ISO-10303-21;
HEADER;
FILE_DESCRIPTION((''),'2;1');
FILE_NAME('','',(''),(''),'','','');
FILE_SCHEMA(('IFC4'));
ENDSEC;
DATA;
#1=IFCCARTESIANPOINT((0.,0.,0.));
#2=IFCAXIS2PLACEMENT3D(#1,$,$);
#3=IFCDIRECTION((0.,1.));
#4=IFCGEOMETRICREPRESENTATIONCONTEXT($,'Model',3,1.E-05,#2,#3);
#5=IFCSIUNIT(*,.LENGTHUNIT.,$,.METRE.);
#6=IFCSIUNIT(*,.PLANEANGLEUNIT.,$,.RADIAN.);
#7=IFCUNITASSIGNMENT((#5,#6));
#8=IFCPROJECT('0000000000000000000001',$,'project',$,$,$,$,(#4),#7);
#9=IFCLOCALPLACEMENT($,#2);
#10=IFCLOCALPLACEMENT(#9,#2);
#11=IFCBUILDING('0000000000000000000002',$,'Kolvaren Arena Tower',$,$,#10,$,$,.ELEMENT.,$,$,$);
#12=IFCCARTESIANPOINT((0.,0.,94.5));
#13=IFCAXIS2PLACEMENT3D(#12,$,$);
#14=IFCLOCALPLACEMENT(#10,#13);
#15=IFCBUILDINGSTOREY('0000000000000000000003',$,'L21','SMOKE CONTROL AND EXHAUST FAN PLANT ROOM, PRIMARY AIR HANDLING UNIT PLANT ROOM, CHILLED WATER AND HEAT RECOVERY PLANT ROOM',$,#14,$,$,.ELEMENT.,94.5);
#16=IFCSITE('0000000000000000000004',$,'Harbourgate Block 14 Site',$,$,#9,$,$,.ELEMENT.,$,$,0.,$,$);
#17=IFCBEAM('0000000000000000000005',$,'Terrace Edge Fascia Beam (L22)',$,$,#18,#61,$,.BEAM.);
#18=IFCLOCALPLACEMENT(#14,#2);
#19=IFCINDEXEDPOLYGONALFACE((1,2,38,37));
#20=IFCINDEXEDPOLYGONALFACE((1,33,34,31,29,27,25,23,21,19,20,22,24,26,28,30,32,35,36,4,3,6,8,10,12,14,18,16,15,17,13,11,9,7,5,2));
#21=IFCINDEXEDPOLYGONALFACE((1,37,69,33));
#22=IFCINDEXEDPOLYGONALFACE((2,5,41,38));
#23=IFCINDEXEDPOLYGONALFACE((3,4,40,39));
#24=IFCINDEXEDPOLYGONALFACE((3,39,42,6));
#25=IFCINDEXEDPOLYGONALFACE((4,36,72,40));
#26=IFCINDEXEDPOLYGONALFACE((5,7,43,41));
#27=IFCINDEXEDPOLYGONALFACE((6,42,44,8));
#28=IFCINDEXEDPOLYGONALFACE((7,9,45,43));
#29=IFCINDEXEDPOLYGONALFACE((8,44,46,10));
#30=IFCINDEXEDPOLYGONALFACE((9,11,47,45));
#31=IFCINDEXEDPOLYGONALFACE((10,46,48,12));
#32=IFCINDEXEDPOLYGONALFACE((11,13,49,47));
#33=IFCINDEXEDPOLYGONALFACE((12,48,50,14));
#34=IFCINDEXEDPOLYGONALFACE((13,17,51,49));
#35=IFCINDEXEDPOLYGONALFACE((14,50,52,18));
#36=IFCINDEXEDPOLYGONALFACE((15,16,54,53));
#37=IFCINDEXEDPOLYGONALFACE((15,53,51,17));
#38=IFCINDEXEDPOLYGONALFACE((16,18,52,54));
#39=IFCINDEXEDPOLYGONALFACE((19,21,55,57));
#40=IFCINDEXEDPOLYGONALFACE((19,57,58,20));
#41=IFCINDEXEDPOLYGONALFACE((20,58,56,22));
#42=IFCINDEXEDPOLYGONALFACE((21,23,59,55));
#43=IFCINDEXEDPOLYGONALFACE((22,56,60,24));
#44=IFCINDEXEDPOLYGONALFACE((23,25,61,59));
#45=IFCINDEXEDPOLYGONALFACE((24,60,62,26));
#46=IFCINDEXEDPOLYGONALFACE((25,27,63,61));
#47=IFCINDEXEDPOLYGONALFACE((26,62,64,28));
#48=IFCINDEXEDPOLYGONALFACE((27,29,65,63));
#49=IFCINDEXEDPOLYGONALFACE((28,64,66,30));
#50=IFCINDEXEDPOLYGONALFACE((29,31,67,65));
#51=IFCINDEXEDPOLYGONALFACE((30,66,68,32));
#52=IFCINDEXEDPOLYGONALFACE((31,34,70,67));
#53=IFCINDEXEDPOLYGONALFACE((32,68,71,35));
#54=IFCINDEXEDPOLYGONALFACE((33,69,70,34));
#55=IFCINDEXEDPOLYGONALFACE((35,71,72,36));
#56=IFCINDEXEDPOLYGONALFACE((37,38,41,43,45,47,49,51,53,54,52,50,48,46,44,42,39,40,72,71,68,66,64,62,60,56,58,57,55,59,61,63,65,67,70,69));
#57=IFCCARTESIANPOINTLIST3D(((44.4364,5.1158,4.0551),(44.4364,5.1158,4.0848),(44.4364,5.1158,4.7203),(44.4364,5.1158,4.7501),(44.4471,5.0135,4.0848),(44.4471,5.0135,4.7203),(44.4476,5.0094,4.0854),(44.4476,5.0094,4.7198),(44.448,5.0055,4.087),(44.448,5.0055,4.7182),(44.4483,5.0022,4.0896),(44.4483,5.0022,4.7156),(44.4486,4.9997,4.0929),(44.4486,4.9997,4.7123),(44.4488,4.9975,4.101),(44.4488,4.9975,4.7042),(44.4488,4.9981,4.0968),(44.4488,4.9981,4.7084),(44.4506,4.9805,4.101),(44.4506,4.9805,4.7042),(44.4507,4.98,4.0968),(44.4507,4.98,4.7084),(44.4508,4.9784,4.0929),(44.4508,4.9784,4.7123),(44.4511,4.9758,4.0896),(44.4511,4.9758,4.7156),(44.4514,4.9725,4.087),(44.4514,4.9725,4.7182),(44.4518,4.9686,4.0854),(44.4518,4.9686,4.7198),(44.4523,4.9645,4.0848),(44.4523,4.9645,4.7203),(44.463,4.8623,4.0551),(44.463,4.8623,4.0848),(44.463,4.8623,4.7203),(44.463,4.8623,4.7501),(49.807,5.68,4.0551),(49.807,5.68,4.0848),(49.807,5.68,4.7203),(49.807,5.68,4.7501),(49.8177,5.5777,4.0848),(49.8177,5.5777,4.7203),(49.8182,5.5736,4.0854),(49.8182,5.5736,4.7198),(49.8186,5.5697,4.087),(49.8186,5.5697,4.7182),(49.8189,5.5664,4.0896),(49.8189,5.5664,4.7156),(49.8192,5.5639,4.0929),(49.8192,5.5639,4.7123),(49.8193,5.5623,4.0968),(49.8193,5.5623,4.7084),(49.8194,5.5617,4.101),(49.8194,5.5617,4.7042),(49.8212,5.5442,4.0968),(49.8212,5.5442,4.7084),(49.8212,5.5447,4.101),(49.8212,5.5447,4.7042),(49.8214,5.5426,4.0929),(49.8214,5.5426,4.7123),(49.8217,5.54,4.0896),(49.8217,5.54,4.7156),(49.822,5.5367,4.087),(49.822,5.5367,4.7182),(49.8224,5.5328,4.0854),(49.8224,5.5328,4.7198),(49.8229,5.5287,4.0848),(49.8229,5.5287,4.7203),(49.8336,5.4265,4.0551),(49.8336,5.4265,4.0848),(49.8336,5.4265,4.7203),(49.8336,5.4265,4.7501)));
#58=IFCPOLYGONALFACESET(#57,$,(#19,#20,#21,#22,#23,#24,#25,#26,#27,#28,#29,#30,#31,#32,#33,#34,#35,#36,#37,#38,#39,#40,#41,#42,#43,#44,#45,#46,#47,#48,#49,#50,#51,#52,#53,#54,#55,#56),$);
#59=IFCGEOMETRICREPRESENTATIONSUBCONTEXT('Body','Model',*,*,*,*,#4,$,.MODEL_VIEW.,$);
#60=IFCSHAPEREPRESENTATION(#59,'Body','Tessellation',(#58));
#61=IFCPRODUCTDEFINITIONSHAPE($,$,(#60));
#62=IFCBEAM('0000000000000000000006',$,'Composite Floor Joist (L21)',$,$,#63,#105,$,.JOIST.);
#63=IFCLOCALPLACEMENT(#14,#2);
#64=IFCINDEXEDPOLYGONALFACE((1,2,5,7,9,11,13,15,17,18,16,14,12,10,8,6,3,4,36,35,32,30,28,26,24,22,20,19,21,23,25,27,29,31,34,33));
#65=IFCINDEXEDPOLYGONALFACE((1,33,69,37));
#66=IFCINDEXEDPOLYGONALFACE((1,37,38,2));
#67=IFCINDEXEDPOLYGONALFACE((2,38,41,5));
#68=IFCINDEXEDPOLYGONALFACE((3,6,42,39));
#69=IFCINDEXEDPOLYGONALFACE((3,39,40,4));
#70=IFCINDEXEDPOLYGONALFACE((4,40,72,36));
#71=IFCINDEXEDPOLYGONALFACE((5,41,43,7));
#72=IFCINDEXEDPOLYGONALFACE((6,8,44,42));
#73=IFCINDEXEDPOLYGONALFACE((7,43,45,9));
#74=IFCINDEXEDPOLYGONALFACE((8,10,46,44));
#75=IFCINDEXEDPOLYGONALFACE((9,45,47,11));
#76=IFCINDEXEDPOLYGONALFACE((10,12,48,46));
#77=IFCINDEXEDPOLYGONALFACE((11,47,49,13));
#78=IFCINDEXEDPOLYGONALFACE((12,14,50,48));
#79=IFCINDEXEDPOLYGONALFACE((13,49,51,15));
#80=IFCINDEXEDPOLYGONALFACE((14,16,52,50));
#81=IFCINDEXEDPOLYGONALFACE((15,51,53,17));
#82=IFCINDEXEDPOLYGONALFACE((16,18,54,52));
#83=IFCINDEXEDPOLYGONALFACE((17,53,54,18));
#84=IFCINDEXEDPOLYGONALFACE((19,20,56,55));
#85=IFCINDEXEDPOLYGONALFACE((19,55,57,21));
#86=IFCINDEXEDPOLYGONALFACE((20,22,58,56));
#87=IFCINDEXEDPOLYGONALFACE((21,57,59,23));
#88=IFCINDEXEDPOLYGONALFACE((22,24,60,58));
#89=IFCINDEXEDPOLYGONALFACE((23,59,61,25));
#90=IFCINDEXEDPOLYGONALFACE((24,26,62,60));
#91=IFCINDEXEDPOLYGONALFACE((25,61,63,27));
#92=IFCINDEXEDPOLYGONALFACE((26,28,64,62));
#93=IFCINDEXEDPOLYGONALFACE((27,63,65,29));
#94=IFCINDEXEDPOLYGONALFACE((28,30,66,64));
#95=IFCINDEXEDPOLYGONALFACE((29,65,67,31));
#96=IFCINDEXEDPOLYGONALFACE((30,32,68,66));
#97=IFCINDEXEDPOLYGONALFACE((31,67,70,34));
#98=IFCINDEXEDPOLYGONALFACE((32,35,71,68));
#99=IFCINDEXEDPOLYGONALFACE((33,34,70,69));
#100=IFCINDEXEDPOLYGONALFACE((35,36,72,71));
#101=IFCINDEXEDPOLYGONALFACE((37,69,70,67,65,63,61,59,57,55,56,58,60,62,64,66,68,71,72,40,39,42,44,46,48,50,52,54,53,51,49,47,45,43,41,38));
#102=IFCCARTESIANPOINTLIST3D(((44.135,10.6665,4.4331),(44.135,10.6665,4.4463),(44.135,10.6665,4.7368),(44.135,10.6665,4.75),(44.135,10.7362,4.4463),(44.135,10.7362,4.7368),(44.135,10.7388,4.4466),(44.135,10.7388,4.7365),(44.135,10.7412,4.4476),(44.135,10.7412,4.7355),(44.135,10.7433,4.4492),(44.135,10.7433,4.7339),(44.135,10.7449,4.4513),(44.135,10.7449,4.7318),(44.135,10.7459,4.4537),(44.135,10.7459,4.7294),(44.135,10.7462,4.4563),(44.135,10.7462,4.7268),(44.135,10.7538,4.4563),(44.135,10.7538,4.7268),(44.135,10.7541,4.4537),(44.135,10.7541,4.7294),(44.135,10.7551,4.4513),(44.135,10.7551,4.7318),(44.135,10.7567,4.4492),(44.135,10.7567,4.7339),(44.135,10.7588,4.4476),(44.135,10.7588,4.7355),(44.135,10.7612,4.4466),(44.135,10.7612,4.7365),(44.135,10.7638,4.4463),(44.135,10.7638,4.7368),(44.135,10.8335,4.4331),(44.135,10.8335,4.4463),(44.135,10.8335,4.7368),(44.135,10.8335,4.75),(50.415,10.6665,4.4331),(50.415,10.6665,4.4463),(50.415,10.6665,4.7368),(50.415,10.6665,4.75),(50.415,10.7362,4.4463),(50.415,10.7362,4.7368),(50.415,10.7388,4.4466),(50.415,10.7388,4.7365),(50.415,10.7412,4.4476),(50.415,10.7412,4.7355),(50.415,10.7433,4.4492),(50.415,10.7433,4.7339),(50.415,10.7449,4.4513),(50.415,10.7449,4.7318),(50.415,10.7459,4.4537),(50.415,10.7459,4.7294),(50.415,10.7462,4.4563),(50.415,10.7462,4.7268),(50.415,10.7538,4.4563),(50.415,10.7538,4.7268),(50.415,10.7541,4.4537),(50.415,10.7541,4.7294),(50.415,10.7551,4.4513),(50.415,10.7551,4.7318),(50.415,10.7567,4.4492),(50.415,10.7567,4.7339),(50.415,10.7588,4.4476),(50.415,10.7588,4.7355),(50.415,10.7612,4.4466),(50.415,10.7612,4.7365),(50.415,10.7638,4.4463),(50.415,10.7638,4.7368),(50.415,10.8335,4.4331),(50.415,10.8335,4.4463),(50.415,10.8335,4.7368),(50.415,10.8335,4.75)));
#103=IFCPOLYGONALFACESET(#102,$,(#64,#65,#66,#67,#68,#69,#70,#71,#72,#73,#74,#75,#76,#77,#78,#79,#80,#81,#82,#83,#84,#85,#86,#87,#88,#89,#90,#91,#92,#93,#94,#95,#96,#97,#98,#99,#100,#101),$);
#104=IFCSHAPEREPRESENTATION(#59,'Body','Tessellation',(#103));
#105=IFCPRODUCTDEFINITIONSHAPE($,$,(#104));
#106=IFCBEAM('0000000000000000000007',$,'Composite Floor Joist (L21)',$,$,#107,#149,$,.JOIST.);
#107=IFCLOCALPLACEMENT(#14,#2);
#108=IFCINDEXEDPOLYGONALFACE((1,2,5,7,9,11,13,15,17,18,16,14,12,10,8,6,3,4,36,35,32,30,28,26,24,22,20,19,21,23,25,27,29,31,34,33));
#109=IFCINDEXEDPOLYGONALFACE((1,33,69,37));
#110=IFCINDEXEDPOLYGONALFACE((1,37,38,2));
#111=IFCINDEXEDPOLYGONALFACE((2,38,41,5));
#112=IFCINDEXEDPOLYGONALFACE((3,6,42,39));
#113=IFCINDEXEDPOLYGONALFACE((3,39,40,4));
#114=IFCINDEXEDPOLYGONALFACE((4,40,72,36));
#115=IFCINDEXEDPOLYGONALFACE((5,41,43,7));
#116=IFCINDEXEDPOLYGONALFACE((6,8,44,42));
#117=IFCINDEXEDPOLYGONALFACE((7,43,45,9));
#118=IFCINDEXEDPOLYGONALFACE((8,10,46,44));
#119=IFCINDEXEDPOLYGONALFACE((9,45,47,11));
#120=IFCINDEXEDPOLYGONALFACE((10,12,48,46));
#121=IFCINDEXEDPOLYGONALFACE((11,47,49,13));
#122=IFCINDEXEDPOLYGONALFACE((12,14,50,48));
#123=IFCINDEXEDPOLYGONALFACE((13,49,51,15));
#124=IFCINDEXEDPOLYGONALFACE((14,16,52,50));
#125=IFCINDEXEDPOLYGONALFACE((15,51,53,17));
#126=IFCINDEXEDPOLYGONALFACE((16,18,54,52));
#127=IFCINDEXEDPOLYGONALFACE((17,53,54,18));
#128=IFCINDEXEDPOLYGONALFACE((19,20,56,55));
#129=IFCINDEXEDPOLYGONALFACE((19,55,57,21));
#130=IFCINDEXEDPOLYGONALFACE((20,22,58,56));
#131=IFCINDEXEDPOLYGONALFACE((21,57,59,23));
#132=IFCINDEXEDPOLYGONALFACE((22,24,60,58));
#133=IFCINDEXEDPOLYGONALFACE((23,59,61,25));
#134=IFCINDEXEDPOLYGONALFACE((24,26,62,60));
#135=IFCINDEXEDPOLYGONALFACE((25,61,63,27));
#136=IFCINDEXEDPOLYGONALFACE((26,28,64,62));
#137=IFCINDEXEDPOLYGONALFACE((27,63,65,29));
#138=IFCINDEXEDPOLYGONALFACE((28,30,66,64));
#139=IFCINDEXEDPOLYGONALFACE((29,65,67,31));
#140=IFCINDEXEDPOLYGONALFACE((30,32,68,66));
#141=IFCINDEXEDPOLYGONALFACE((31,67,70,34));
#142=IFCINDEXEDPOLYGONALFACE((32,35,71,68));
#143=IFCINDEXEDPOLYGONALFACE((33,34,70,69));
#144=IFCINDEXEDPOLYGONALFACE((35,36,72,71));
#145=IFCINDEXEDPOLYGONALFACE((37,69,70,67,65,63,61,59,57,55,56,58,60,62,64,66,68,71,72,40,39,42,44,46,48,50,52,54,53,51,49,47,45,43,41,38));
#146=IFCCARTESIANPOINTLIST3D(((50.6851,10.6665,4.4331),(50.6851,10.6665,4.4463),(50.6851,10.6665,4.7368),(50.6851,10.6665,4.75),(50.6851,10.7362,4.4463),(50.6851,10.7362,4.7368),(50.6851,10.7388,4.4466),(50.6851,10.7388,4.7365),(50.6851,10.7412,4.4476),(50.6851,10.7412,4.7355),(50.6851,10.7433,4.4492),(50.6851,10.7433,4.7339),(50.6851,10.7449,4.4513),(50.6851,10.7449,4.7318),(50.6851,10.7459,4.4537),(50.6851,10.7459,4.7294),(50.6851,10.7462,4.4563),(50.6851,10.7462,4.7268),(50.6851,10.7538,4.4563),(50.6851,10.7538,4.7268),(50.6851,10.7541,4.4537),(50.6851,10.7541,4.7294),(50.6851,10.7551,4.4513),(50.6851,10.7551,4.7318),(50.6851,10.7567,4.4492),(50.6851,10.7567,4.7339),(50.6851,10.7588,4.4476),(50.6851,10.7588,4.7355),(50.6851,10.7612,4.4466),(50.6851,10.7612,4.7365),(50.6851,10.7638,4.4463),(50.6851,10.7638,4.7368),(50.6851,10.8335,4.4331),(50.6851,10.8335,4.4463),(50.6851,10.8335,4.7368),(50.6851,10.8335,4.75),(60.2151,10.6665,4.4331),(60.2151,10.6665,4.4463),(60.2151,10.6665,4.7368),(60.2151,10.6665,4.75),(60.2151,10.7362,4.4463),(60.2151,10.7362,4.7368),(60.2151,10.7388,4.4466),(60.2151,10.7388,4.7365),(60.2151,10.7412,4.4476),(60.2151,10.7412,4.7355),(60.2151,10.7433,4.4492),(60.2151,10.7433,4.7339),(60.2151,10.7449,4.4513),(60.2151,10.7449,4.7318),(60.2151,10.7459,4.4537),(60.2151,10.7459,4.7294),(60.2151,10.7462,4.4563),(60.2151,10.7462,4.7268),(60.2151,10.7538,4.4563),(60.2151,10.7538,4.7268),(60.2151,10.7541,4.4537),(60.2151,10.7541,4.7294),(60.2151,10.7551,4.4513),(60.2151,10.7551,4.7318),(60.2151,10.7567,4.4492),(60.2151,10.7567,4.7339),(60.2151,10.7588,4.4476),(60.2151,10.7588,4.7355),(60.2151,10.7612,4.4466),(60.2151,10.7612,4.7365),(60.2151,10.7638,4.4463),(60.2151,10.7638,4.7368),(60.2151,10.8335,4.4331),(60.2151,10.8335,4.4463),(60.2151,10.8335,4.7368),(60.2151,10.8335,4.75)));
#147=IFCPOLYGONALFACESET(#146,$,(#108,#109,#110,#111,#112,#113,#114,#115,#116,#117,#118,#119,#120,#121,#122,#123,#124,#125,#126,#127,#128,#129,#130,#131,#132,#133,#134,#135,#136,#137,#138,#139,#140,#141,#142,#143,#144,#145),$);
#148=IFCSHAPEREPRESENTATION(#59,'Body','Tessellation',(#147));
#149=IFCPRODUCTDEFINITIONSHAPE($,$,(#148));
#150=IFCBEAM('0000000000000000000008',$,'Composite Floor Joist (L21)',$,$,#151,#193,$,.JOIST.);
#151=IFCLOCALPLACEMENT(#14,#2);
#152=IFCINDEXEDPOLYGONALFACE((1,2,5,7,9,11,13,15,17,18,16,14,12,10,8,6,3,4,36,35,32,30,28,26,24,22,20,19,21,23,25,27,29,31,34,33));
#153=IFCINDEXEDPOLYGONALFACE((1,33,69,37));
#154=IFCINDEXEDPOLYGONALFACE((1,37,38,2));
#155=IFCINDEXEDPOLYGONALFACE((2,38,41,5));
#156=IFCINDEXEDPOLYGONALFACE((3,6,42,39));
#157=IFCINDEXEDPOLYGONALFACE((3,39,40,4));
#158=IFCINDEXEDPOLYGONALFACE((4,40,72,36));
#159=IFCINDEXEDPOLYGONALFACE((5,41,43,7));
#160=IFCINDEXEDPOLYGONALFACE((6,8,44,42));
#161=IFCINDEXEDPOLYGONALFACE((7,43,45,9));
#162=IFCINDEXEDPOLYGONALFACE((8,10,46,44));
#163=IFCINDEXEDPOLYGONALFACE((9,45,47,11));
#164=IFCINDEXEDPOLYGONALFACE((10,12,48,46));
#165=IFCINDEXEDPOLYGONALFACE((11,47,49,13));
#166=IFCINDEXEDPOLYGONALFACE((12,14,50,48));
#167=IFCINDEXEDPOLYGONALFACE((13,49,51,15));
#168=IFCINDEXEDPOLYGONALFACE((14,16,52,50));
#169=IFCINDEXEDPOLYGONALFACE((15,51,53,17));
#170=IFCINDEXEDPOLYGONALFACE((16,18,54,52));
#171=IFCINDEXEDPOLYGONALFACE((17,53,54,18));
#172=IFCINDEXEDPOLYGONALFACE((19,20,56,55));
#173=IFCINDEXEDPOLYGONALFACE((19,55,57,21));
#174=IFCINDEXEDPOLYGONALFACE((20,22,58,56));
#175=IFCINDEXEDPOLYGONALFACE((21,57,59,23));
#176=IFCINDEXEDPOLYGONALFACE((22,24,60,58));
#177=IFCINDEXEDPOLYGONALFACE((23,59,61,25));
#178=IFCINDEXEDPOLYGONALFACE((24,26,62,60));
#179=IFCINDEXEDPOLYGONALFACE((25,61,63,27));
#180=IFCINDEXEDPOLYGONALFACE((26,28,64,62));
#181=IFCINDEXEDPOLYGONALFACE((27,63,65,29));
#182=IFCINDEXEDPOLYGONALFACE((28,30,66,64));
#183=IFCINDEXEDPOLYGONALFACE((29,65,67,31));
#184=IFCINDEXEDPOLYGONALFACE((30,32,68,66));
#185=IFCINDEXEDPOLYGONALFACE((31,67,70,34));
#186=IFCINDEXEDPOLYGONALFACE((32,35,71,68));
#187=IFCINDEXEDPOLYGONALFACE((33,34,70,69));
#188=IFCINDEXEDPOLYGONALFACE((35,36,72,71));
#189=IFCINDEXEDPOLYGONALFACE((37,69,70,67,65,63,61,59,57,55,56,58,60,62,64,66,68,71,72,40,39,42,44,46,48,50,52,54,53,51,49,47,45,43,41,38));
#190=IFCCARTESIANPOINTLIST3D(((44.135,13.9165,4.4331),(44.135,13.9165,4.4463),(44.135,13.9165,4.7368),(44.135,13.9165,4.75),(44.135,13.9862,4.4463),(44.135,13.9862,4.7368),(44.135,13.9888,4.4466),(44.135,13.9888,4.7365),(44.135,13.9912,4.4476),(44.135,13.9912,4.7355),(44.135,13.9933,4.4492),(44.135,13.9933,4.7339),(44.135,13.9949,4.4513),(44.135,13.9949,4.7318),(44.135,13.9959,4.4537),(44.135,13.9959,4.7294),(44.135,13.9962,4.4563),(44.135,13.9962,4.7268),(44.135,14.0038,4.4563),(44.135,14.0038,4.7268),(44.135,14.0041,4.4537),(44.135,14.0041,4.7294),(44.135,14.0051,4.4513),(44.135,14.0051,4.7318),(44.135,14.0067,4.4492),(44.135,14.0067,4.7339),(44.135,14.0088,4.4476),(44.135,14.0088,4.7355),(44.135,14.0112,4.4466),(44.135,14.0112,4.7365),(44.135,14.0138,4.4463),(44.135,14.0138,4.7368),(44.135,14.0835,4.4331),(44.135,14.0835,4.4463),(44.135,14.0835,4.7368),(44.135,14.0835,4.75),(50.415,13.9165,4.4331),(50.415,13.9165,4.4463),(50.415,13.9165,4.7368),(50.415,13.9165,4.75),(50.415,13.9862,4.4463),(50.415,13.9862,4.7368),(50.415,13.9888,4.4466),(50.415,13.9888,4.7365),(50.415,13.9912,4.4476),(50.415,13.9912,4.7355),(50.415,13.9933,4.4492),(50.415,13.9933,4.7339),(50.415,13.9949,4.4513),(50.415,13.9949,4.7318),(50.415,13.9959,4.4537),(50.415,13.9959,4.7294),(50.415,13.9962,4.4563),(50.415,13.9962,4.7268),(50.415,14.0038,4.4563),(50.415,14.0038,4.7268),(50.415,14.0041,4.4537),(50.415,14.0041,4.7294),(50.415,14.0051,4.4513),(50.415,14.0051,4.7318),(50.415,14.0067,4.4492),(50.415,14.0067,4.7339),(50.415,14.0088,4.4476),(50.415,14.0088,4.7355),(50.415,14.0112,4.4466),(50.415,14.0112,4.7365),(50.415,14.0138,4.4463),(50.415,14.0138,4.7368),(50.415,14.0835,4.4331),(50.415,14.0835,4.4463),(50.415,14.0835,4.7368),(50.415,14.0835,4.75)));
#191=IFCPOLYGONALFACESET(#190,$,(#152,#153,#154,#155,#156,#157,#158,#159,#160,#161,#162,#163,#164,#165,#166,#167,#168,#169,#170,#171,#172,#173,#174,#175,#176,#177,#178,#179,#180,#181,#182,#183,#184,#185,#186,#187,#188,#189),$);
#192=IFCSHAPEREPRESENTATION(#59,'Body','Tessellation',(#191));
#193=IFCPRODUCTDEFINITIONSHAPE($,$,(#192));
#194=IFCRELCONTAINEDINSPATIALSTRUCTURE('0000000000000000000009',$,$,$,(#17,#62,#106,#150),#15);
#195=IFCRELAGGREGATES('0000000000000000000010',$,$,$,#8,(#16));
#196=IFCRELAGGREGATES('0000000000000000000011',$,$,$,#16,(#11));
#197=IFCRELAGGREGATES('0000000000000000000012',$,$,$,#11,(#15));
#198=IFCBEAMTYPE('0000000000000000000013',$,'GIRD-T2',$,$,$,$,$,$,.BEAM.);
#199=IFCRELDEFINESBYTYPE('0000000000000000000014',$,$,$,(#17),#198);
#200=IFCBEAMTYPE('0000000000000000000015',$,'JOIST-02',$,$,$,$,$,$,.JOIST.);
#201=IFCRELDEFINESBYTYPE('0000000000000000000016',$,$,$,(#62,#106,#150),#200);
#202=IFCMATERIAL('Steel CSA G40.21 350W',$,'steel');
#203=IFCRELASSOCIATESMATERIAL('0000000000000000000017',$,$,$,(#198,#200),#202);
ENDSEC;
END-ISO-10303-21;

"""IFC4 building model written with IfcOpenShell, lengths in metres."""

from ifc_helpers import new_model, si_unit, direction, frame, origin, origin_2d, place, context, subcontext, project, spatial, i_section, extrude, material, material_profile, profile_set, type_object, element, save


model = new_model("IFC4")

# Units and contexts
model_context = context("Model", 3, precision=1e-05, world=origin(), true_north=direction((0.0, 1.0)))
body_context = subcontext(model_context, "Body", "Model", "MODEL_VIEW")
ifc_project = project(units=[si_unit("LENGTHUNIT", "METRE"), si_unit("PLANEANGLEUNIT", "RADIAN")], contexts=[model_context])

# Site, building, storey
site_placement = place(None, origin())
site = spatial("IfcSite", under=ifc_project, at=site_placement, Name="Harbourgate Block 14 Site", CompositionType="ELEMENT", RefElevation=0.0)
building_placement = place(site_placement, origin())
building = spatial("IfcBuilding", under=site, at=building_placement, Name="Kolvaren Arena Tower", CompositionType="ELEMENT")
storey_placement = place(building_placement, frame((0.0, 0.0, 94.5)))
storey = spatial("IfcBuildingStorey", under=building, at=storey_placement, Name="L21", Description="SMOKE CONTROL AND EXHAUST FAN PLANT ROOM, PRIMARY AIR HANDLING UNIT PLANT ROOM, CHILLED WATER AND HEAT RECOVERY PLANT ROOM", CompositionType="ELEMENT", Elevation=94.5)

# Beams
ifc_material_1 = material(Name="Steel CSA G40.21 350W", Category="steel")
ifc_material_profile_1 = material_profile(ifc_material_1, i_section(OverallWidth=0.2549, OverallDepth=0.6951, WebThickness=0.0171, FlangeThickness=0.0298, FilletRadius=0.0161, at=origin_2d()), Name="W690x217")
ifc_profile_set_1 = profile_set([ifc_material_profile_1], Name="Steel CSA G40.21 350W")
beam_type_1 = type_object("IfcBeamType", Name="GIRD-T2", PredefinedType="BEAM", material=ifc_profile_set_1)
beam_1_placement = place(storey_placement, frame((44.4497, 4.989, 4.4026), z_axis=(0.994527, 0.10448, 0.0), x_axis=(-0.10448, 0.994527, 0.0)))
element("IfcBeam", 1, at=beam_1_placement, inside=storey, type_object=beam_type_1, Name="Terrace Edge Fascia Beam (L22)", PredefinedType="BEAM", context=body_context, shape_type="SweptSolid", body=[
    extrude(i_section(OverallWidth=0.2549, OverallDepth=0.6951, WebThickness=0.0171, FlangeThickness=0.0298, FilletRadius=0.0161, at=origin_2d()), origin(), (0.0, 0.0, 1.0), 5.4001),
])
ifc_material_profile_2 = material_profile(ifc_material_1, i_section(OverallWidth=0.167, OverallDepth=0.3169, WebThickness=0.0076, FlangeThickness=0.0132, FilletRadius=0.01, at=origin_2d()), Name="W310x52")
ifc_profile_set_2 = profile_set([ifc_material_profile_2], Name="Steel CSA G40.21 350W")
beam_type_2 = type_object("IfcBeamType", Name="JOIST-02", PredefinedType="JOIST", material=ifc_profile_set_2)
beam_2_placement = place(storey_placement, frame((44.135, 10.75, 4.5916), z_axis=(1.0, 0.0, 0.0), x_axis=(0.0, 1.0, 0.0)))
element("IfcBeam", 2, at=beam_2_placement, inside=storey, type_object=beam_type_2, Name="Composite Floor Joist (L21)", PredefinedType="JOIST", context=body_context, shape_type="SweptSolid", body=[
    extrude(i_section(OverallWidth=0.167, OverallDepth=0.3169, WebThickness=0.0076, FlangeThickness=0.0132, FilletRadius=0.01, at=origin_2d()), origin(), (0.0, 0.0, 1.0), 6.28),
])
beam_3_placement = place(storey_placement, frame((50.6851, 10.75, 4.5916), z_axis=(1.0, 0.0, 0.0), x_axis=(0.0, 1.0, 0.0)))
element("IfcBeam", 3, at=beam_3_placement, inside=storey, type_object=beam_type_2, Name="Composite Floor Joist (L21)", PredefinedType="JOIST", context=body_context, shape_type="SweptSolid", body=[
    extrude(i_section(OverallWidth=0.167, OverallDepth=0.3169, WebThickness=0.0076, FlangeThickness=0.0132, FilletRadius=0.01, at=origin_2d()), origin(), (0.0, 0.0, 1.0), 9.53),
])
beam_4_placement = place(storey_placement, frame((44.135, 14.0, 4.5916), z_axis=(1.0, 0.0, 0.0), x_axis=(0.0, 1.0, 0.0)))
element("IfcBeam", 4, at=beam_4_placement, inside=storey, type_object=beam_type_2, Name="Composite Floor Joist (L21)", PredefinedType="JOIST", context=body_context, shape_type="SweptSolid", body=[
    extrude(i_section(OverallWidth=0.167, OverallDepth=0.3169, WebThickness=0.0076, FlangeThickness=0.0132, FilletRadius=0.01, at=origin_2d()), origin(), (0.0, 0.0, 1.0), 6.28),
])

save(model, "model.ifc")
